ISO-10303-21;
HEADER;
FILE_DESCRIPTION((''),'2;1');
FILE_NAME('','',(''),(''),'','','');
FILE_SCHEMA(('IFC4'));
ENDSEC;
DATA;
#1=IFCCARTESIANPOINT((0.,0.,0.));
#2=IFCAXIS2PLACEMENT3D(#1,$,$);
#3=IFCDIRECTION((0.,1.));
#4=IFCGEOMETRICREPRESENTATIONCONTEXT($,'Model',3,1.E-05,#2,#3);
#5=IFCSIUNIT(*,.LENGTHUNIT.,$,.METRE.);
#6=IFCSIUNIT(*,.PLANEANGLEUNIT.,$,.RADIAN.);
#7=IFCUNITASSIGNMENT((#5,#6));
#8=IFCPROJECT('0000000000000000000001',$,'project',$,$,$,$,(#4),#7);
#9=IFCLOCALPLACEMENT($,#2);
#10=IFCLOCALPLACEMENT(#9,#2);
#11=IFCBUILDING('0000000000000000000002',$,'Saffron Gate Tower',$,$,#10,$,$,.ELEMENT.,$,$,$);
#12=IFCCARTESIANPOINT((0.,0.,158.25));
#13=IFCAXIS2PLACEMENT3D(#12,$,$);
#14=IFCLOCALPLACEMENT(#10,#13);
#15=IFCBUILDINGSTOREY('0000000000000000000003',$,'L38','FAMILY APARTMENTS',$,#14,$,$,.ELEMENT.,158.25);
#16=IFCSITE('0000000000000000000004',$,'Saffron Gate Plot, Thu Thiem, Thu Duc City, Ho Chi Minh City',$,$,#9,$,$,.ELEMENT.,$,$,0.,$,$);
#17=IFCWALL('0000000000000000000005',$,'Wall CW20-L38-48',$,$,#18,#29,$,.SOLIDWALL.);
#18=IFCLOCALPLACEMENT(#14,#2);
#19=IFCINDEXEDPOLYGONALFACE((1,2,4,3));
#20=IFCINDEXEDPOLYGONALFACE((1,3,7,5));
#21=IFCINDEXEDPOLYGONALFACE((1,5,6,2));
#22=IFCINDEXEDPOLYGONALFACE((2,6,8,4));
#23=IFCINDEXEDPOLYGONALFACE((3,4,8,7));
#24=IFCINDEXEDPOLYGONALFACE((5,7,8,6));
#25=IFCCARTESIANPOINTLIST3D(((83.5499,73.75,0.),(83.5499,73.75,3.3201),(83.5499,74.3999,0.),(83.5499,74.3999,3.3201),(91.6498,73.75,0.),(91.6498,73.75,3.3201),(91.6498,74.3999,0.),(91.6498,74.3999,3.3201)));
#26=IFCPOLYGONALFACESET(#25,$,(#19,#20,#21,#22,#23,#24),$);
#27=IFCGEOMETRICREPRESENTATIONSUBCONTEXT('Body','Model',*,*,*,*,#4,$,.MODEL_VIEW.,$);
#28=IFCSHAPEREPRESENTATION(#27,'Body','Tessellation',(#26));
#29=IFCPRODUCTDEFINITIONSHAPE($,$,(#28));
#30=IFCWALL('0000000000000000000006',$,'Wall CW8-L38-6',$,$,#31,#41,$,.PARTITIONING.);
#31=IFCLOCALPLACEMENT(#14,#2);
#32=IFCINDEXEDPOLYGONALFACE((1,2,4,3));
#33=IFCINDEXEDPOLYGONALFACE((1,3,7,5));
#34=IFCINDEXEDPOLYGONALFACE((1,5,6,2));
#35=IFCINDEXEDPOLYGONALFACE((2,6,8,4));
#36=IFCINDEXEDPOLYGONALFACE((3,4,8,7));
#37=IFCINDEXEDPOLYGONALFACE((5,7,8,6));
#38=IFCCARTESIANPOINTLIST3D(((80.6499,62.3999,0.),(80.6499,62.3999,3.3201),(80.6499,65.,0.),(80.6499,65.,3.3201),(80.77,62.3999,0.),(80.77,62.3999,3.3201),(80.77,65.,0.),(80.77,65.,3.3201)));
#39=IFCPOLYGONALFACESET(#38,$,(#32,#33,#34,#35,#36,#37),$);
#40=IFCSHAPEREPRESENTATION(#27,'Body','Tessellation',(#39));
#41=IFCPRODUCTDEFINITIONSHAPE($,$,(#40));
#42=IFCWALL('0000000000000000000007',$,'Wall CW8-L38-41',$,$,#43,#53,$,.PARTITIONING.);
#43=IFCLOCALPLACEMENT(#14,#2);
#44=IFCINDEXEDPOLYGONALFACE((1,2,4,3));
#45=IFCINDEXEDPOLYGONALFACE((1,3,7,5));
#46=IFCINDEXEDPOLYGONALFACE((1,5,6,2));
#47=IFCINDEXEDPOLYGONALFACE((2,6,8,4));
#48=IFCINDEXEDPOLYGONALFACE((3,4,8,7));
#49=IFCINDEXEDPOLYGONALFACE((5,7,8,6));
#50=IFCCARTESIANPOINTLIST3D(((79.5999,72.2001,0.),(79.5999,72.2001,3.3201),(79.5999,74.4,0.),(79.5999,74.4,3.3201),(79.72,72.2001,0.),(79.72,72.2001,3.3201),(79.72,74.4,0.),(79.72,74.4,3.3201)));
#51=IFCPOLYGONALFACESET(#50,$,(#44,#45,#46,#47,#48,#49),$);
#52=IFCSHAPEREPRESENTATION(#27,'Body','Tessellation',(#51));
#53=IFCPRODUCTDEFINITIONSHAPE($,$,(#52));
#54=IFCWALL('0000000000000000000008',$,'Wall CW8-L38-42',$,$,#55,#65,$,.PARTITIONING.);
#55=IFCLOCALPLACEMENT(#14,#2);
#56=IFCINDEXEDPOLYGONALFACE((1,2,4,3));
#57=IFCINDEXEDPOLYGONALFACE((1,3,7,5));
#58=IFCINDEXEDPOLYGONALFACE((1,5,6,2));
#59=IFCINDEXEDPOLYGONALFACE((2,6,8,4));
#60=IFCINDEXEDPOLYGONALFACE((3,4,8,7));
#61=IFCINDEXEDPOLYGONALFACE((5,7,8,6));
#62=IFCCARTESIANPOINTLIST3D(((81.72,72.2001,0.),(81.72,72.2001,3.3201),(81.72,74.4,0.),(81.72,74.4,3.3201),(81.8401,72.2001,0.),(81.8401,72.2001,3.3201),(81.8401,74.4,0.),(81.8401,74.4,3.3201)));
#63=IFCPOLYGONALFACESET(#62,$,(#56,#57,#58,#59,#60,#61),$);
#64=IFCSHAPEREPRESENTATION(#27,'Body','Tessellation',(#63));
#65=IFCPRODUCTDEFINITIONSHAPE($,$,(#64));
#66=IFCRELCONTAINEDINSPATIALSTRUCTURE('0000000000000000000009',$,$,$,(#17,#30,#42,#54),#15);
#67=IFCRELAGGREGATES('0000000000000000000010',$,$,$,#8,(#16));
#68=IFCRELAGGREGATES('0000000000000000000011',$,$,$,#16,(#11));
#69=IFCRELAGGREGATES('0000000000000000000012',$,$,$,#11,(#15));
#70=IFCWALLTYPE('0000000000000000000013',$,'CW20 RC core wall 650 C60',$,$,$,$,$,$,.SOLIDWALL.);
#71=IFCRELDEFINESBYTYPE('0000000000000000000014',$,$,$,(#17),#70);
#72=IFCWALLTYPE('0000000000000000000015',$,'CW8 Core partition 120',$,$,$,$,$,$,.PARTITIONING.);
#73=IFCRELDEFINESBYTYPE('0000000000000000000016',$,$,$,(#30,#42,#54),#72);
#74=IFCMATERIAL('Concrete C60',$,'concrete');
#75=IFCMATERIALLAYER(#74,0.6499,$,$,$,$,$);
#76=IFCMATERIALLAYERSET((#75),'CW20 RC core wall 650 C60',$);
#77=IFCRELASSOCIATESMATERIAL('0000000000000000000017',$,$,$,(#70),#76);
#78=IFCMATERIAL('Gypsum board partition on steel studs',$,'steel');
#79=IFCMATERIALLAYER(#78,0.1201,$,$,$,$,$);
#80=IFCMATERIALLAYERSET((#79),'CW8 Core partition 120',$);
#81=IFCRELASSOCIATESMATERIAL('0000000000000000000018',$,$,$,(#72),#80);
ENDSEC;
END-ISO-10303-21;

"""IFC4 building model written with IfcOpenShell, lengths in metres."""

from ifc_helpers import new_model, si_unit, direction, frame, frame_2d, origin, place, context, subcontext, project, spatial, rectangle, extrude, material, layer, layer_set, type_object, element, save


model = new_model("IFC4")

# Units and contexts
model_context = context("Model", 3, precision=1e-05, world=origin(), true_north=direction((0.0, 1.0)))
body_context = subcontext(model_context, "Body", "Model", "MODEL_VIEW")
ifc_project = project(units=[si_unit("LENGTHUNIT", "METRE"), si_unit("PLANEANGLEUNIT", "RADIAN")], contexts=[model_context])

# Site, building, storey
site_placement = place(None, origin())
site = spatial("IfcSite", under=ifc_project, at=site_placement, Name="Saffron Gate Plot, Thu Thiem, Thu Duc City, Ho Chi Minh City", CompositionType="ELEMENT", RefElevation=0.0)
building_placement = place(site_placement, origin())
building = spatial("IfcBuilding", under=site, at=building_placement, Name="Saffron Gate Tower", CompositionType="ELEMENT")
storey_placement = place(building_placement, frame((0.0, 0.0, 158.25)))
storey = spatial("IfcBuildingStorey", under=building, at=storey_placement, Name="L38", Description="FAMILY APARTMENTS", CompositionType="ELEMENT", Elevation=158.25)

# Shared definitions
ifc_material_1 = material(Name="Gypsum board partition on steel studs", Category="steel")

# Shared definitions
ifc_material_2 = material(Name="Concrete C60", Category="concrete")

# Walls
ifc_layer_1 = layer(ifc_material_2, 0.6499)
ifc_layer_set_1 = layer_set([ifc_layer_1], Name="CW20 RC core wall 650 C60")
wall_type_1 = type_object("IfcWallType", Name="CW20 RC core wall 650 C60", PredefinedType="SOLIDWALL", material=ifc_layer_set_1)
wall_1_placement = place(storey_placement, frame((83.55, 74.075, 0.0), z_axis=(0.0, 0.0, 1.0), x_axis=(1.0, 0.0, 0.0)))
element("IfcWall", 1, at=wall_1_placement, inside=storey, type_object=wall_type_1, Name="Wall CW20-L38-48", PredefinedType="SOLIDWALL", context=body_context, shape_type="SweptSolid", body=[
    extrude(rectangle(XDim=8.0999, YDim=0.6499, at=frame_2d((4.0498, 0.0))), origin(), (0.0, 0.0, 1.0), 3.3201),
])
ifc_layer_2 = layer(ifc_material_1, 0.1201)
ifc_layer_set_2 = layer_set([ifc_layer_2], Name="CW8 Core partition 120")
wall_type_2 = type_object("IfcWallType", Name="CW8 Core partition 120", PredefinedType="PARTITIONING", material=ifc_layer_set_2)
wall_2_placement = place(storey_placement, frame((80.71, 62.3999, 0.0), z_axis=(0.0, 0.0, 1.0), x_axis=(0.0, 1.0, 0.0)))
element("IfcWall", 2, at=wall_2_placement, inside=storey, type_object=wall_type_2, Name="Wall CW8-L38-6", PredefinedType="PARTITIONING", context=body_context, shape_type="SweptSolid", body=[
    extrude(rectangle(XDim=2.6001, YDim=0.1201, at=frame_2d((1.3, 0.0))), origin(), (0.0, 0.0, 1.0), 3.3201),
])
for number, where, z_axis, x_axis, name in (
    (3, (79.6599, 72.2, 0.0), (0.0, 0.0, 1.0), (0.0, 1.0, 0.0), "Wall CW8-L38-41"),
    (4, (81.78, 72.2, 0.0), (0.0, 0.0, 1.0), (0.0, 1.0, 0.0), "Wall CW8-L38-42"),
):
    element("IfcWall", number, at=place(storey_placement, frame(where, z_axis=z_axis, x_axis=x_axis)), inside=storey, type_object=wall_type_2, Name=name, PredefinedType="PARTITIONING", context=body_context, shape_type="SweptSolid", body=[
        extrude(rectangle(XDim=2.2, YDim=0.1201, at=frame_2d((1.1001, 0.0))), origin(), (0.0, 0.0, 1.0), 3.3201),
    ])

save(model, "model.ifc")
